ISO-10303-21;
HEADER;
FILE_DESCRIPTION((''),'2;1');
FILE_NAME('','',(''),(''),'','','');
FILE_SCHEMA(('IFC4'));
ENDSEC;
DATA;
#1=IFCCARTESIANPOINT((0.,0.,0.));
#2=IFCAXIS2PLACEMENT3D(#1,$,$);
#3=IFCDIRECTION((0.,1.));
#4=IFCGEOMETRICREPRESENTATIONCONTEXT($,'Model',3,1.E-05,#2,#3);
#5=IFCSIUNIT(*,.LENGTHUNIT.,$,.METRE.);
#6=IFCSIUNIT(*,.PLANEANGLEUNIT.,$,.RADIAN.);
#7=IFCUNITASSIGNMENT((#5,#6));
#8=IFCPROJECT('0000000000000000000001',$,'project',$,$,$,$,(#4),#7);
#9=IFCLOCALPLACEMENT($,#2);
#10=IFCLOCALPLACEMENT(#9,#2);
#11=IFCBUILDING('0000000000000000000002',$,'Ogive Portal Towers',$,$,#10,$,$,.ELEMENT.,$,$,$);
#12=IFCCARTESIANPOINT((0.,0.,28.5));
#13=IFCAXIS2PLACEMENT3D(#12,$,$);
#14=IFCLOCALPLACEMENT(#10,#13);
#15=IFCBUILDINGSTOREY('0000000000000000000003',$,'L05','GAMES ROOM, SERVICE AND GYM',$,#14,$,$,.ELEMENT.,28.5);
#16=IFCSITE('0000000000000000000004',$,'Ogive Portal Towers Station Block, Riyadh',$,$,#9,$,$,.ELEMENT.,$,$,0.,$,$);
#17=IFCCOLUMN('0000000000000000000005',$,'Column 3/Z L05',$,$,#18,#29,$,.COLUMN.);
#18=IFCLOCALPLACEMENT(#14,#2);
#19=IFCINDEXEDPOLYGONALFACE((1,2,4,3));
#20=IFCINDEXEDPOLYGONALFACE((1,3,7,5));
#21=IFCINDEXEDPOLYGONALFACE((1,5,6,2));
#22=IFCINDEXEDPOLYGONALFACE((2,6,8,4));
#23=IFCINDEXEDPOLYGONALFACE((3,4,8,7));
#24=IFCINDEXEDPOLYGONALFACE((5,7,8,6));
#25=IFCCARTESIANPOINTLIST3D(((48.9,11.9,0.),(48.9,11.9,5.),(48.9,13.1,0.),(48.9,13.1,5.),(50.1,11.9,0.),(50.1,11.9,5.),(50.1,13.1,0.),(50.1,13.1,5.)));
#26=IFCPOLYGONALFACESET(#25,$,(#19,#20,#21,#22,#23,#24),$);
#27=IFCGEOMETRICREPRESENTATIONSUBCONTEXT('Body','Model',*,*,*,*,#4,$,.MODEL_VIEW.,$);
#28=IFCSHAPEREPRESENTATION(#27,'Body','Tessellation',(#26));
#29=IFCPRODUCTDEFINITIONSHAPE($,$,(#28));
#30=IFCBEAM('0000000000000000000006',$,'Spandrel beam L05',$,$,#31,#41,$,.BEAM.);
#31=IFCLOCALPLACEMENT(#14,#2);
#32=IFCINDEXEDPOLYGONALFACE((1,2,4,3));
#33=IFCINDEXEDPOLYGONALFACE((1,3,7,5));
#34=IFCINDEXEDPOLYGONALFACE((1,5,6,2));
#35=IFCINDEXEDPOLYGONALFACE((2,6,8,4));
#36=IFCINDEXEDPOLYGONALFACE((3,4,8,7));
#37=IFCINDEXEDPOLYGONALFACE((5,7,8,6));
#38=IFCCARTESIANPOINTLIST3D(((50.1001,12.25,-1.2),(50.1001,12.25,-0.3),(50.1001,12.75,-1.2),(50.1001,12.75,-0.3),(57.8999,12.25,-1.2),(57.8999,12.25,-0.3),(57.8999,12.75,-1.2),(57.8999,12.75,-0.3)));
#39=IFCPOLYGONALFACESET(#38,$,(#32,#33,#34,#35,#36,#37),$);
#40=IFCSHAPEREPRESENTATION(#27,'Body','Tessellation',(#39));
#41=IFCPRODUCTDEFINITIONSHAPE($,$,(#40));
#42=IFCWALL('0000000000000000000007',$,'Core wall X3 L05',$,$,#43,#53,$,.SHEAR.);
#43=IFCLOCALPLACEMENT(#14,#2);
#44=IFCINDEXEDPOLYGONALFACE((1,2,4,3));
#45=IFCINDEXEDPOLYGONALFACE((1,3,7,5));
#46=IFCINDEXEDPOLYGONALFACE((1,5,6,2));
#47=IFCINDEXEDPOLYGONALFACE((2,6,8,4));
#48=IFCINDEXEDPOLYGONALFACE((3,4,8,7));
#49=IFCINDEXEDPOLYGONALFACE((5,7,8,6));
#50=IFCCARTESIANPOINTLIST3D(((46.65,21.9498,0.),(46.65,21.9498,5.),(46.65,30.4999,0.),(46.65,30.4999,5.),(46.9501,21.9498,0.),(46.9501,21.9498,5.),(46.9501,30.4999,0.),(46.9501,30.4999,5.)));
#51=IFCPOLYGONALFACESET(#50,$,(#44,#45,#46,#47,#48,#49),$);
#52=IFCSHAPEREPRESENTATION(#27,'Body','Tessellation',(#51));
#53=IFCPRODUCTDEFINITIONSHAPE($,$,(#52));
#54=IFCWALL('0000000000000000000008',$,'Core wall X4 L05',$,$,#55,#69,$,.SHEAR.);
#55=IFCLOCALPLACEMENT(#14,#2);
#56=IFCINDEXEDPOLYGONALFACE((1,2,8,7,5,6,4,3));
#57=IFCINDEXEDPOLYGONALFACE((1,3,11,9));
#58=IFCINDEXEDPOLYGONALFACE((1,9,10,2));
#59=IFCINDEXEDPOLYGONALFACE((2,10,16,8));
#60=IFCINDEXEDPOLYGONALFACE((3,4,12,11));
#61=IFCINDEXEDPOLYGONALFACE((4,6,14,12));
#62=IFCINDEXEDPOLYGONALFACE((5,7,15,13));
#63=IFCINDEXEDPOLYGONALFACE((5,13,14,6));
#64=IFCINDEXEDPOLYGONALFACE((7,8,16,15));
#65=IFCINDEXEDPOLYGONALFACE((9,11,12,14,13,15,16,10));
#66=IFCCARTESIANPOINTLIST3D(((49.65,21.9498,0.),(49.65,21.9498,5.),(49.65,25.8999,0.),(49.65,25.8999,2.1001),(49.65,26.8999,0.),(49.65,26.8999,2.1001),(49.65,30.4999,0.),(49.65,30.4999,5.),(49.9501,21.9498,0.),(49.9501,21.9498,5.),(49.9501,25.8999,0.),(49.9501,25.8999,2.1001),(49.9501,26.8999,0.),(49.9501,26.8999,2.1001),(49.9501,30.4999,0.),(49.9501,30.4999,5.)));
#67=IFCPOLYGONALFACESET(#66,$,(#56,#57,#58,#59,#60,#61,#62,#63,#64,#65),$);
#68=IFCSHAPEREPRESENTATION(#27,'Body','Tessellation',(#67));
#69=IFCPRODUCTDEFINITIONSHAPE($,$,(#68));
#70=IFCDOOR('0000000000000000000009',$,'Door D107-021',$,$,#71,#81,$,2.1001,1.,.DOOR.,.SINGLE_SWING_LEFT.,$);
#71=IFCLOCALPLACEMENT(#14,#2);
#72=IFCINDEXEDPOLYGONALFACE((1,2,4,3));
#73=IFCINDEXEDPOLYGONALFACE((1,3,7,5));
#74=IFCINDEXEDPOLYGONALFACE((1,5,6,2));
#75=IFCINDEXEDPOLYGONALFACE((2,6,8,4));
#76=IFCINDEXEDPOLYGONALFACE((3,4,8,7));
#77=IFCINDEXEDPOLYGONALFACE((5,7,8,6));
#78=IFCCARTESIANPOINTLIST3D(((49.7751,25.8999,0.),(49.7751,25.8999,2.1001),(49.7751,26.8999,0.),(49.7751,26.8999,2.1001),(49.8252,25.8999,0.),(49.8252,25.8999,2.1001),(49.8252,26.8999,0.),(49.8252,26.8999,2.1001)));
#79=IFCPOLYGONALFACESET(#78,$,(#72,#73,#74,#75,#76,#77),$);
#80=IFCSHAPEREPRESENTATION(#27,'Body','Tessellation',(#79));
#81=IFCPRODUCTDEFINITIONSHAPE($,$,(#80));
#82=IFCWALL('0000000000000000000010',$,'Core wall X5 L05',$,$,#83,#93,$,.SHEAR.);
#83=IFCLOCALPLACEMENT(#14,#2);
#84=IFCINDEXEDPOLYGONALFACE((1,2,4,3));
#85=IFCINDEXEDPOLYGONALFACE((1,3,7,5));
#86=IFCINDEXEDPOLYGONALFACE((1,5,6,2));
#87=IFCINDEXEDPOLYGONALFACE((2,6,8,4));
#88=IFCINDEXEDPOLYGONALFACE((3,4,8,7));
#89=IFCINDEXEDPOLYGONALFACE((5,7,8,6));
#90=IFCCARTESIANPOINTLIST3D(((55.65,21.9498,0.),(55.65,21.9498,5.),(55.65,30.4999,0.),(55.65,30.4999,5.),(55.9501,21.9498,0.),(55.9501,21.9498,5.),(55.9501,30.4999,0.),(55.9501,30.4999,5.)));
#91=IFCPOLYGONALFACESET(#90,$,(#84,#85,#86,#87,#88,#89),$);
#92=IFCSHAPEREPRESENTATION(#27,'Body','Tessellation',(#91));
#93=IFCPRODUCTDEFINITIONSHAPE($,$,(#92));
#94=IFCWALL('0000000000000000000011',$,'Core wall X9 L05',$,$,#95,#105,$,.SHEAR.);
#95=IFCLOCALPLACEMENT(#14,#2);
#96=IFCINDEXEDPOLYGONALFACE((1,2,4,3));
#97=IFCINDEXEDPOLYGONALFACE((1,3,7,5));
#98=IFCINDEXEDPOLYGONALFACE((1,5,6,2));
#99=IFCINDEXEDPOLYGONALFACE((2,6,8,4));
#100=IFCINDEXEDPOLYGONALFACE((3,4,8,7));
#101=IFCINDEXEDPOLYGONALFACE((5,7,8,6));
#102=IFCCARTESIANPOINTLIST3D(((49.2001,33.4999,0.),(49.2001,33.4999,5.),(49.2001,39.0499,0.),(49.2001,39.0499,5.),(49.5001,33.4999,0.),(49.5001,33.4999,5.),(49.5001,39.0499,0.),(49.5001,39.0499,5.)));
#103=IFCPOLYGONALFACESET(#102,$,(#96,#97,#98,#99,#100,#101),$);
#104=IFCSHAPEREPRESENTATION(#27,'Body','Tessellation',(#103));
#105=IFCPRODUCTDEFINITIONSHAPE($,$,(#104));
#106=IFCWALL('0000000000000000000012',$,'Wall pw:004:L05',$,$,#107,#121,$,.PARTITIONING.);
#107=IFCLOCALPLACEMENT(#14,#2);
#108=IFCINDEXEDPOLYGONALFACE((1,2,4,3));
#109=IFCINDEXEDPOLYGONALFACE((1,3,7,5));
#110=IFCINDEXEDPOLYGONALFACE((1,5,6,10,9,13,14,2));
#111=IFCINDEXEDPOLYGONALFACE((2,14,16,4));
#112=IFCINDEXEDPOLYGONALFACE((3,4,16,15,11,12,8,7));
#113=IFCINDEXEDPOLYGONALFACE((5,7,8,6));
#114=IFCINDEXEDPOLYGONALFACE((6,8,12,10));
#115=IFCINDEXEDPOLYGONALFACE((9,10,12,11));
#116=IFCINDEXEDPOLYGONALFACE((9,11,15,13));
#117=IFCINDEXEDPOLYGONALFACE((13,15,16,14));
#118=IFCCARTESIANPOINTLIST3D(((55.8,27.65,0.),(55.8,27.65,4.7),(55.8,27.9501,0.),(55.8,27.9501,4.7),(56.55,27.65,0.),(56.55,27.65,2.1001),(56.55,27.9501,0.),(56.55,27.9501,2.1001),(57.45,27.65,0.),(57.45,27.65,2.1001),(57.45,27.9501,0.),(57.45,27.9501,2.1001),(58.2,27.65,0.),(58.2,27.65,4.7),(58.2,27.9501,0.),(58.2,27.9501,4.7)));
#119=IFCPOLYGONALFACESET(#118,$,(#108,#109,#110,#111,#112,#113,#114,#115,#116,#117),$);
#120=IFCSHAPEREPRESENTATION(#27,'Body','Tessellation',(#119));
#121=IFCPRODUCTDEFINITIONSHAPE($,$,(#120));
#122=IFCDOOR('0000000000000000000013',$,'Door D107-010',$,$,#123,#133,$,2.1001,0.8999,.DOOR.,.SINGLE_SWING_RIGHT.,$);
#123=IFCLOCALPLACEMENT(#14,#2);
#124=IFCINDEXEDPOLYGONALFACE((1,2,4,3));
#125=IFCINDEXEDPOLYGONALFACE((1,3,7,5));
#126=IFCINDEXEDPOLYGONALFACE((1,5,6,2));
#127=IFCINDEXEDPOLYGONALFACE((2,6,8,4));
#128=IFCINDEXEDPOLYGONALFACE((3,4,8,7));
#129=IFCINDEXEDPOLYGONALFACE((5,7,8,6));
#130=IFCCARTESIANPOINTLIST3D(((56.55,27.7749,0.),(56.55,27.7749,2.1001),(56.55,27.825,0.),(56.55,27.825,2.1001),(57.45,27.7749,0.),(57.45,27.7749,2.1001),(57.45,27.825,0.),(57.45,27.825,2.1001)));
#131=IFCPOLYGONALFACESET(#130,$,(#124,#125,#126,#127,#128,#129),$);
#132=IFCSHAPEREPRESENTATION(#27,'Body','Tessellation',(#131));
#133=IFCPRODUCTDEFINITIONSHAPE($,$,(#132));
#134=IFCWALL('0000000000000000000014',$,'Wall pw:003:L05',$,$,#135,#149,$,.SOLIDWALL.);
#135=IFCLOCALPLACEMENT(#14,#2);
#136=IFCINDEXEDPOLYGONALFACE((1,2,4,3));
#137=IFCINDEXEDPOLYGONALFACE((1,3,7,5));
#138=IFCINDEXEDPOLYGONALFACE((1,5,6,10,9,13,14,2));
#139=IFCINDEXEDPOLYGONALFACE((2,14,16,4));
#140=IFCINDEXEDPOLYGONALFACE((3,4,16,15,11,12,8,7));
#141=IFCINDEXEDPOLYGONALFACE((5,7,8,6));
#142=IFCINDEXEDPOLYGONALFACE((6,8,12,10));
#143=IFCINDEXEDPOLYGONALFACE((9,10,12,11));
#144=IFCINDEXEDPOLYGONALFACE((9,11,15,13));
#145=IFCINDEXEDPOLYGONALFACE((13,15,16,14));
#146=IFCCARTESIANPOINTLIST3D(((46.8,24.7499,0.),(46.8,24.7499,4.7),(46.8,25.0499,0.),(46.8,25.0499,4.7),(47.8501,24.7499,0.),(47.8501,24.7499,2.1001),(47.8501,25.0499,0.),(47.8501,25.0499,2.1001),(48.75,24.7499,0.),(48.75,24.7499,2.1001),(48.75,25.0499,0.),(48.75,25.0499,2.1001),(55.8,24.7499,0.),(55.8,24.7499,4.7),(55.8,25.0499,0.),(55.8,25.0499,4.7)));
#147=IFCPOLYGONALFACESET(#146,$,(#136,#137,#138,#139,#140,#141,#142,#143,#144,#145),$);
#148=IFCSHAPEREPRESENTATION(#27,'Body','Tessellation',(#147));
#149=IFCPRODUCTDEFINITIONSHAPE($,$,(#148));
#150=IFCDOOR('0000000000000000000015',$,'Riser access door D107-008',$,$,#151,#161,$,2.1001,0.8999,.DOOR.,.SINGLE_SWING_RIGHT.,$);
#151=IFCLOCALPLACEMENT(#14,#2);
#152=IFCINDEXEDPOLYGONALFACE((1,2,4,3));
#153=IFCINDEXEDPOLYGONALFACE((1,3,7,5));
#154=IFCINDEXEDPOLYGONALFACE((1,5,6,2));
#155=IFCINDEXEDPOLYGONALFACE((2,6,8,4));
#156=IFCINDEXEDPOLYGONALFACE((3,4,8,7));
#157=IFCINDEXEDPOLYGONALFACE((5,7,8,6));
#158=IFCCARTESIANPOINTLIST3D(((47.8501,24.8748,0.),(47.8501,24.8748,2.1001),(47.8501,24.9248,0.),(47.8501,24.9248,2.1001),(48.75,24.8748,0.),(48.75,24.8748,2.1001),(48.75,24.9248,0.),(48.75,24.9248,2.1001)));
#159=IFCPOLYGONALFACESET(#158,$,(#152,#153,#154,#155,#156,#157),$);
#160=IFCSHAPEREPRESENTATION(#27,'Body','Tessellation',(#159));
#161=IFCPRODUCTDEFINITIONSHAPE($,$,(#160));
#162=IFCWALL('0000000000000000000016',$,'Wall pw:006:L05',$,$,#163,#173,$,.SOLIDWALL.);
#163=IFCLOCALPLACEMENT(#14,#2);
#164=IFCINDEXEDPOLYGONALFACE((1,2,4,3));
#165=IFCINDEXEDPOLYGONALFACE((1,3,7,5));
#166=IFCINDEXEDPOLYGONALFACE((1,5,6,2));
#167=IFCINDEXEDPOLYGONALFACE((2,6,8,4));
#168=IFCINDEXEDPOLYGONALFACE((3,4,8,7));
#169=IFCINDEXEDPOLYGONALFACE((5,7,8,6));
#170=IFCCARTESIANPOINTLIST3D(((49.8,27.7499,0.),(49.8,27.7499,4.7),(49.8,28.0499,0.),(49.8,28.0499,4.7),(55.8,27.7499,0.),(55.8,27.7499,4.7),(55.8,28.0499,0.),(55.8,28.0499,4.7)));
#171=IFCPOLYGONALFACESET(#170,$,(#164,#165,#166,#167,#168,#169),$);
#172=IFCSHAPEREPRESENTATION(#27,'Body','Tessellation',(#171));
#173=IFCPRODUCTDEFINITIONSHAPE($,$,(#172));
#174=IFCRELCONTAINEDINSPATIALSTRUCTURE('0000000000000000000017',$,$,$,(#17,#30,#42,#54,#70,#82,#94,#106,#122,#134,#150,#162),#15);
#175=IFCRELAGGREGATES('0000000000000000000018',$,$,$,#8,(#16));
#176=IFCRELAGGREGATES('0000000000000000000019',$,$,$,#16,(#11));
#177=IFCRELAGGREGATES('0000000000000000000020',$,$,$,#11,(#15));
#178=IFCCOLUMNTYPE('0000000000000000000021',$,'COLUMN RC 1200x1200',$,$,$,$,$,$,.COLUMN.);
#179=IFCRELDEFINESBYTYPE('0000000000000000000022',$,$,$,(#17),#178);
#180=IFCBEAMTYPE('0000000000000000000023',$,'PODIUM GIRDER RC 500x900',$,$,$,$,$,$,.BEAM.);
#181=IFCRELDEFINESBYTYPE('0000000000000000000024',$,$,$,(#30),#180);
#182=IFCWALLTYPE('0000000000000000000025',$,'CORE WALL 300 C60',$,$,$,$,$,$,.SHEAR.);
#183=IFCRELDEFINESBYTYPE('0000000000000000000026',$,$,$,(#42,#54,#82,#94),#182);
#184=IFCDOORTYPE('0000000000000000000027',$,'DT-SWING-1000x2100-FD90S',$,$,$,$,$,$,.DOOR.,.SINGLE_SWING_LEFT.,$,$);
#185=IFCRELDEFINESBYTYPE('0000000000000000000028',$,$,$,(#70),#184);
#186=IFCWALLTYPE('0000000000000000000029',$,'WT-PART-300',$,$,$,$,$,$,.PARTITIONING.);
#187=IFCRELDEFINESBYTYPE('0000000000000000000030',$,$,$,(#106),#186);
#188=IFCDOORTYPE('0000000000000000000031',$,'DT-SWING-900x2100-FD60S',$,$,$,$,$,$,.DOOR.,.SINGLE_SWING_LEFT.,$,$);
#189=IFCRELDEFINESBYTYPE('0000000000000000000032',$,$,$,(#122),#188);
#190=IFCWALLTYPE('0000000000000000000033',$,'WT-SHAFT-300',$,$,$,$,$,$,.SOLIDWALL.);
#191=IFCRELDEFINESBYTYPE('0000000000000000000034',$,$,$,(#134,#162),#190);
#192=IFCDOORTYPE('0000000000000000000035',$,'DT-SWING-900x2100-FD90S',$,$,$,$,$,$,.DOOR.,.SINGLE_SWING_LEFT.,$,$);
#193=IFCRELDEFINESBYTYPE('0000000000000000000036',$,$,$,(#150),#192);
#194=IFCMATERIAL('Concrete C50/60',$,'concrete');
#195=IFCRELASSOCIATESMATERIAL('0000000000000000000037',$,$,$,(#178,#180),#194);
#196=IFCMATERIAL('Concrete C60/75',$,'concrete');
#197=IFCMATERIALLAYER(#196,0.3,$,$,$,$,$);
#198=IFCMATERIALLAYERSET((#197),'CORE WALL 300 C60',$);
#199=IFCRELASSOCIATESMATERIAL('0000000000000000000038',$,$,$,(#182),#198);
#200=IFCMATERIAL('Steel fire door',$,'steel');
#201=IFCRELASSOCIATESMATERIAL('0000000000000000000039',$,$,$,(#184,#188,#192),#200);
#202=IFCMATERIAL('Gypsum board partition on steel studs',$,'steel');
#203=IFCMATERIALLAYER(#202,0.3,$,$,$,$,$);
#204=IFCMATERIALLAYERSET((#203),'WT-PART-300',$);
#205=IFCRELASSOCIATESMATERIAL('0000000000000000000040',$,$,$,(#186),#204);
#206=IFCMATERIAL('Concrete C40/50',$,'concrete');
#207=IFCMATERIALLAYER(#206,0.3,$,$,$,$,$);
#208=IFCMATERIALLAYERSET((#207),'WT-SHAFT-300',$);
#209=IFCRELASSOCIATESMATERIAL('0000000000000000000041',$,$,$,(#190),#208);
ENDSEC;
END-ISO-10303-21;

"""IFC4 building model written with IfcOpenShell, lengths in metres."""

from ifc_helpers import new_model, si_unit, direction, frame, frame_2d, origin, origin_2d, place, context, subcontext, project, spatial, rectangle, extrude, material, layer, layer_set, material_profile, profile_set, type_object, element, fill, save


model = new_model("IFC4")

# Units and contexts
model_context = context("Model", 3, precision=1e-05, world=origin(), true_north=direction((0.0, 1.0)))
body_context = subcontext(model_context, "Body", "Model", "MODEL_VIEW")
ifc_project = project(units=[si_unit("LENGTHUNIT", "METRE"), si_unit("PLANEANGLEUNIT", "RADIAN")], contexts=[model_context])

# Site, building, storey
site_placement = place(None, origin())
site = spatial("IfcSite", under=ifc_project, at=site_placement, Name="Ogive Portal Towers Station Block, Riyadh", CompositionType="ELEMENT", RefElevation=0.0)
building_placement = place(site_placement, origin())
building = spatial("IfcBuilding", under=site, at=building_placement, Name="Ogive Portal Towers", CompositionType="ELEMENT")
storey_placement = place(building_placement, frame((0.0, 0.0, 28.5)))
storey = spatial("IfcBuildingStorey", under=building, at=storey_placement, Name="L05", Description="GAMES ROOM, SERVICE AND GYM", CompositionType="ELEMENT", Elevation=28.5)

# Column
ifc_material_1 = material(Name="Concrete C50/60", Category="concrete")
ifc_material_profile_1 = material_profile(ifc_material_1, rectangle(XDim=1.2, YDim=1.2, at=origin_2d()), Name="RC 1200x1200")
ifc_profile_set_1 = profile_set([ifc_material_profile_1], Name="Concrete C50/60")
column_type = type_object("IfcColumnType", Name="COLUMN RC 1200x1200", PredefinedType="COLUMN", material=ifc_profile_set_1)
column_placement = place(storey_placement, frame((49.5, 12.5, 0.0), z_axis=(0.0, 0.0, 1.0), x_axis=(1.0, 0.0, 0.0)))
element("IfcColumn", 1, at=column_placement, inside=storey, type_object=column_type, Name="Column 3/Z L05", PredefinedType="COLUMN", context=body_context, shape_type="SweptSolid", body=[
    extrude(rectangle(XDim=1.2, YDim=1.2, at=origin_2d()), origin(), (0.0, 0.0, 1.0), 5.0),
])

# Beam
ifc_material_profile_2 = material_profile(ifc_material_1, rectangle(XDim=0.5, YDim=0.8999, at=origin_2d()), Name="RC 500x900")
ifc_profile_set_2 = profile_set([ifc_material_profile_2], Name="Concrete C50/60")
beam_type = type_object("IfcBeamType", Name="PODIUM GIRDER RC 500x900", PredefinedType="BEAM", material=ifc_profile_set_2)
beam_placement = place(storey_placement, frame((50.1001, 12.5, -0.75), z_axis=(1.0, 0.0, 0.0), x_axis=(0.0, 1.0, 0.0)))
element("IfcBeam", 2, at=beam_placement, inside=storey, type_object=beam_type, Name="Spandrel beam L05", PredefinedType="BEAM", context=body_context, shape_type="SweptSolid", body=[
    extrude(rectangle(XDim=0.5, YDim=0.8999, at=origin_2d()), origin(), (0.0, 0.0, 1.0), 7.7998),
])

# Wall
ifc_material_2 = material(Name="Concrete C60/75", Category="concrete")
ifc_layer_1 = layer(ifc_material_2, 0.3)
ifc_layer_set_1 = layer_set([ifc_layer_1], Name="CORE WALL 300 C60")
wall_type_1 = type_object("IfcWallType", Name="CORE WALL 300 C60", PredefinedType="SHEAR", material=ifc_layer_set_1)
wall_1_placement = place(storey_placement, frame((46.8, 21.95, 0.0), z_axis=(0.0, 0.0, 1.0), x_axis=(0.0, 1.0, 0.0)))
element("IfcWall", 3, at=wall_1_placement, inside=storey, type_object=wall_type_1, Name="Core wall X3 L05", PredefinedType="SHEAR", context=body_context, shape_type="SweptSolid", body=[
    extrude(rectangle(XDim=8.55, YDim=0.3, at=frame_2d((4.2749, 0.0))), origin(), (0.0, 0.0, 1.0), 5.0),
])

# Wall, opening, door
wall_2_placement = place(storey_placement, frame((49.8, 21.95, 0.0), z_axis=(0.0, 0.0, 1.0), x_axis=(0.0, 1.0, 0.0)))
wall_2 = element("IfcWall", 4, at=wall_2_placement, inside=storey, type_object=wall_type_1, Name="Core wall X4 L05", PredefinedType="SHEAR", context=body_context, shape_type="SweptSolid", body=[
    extrude(rectangle(XDim=8.55, YDim=0.3, at=frame_2d((4.2749, 0.0))), origin(), (0.0, 0.0, 1.0), 5.0),
])
opening_1_placement = place(wall_2_placement, frame((3.95, 0.0, 0.0)))
opening_1 = element("IfcOpeningElement", 5, at=opening_1_placement, cuts=wall_2, PredefinedType="OPENING", context=body_context, shape_type="SweptSolid", body=[
    extrude(rectangle(XDim=1.0, YDim=2.1001, at=frame_2d((0.5, 1.05))), frame((0.0, 0.1602, 0.0), z_axis=(0.0, -1.0, 0.0), x_axis=(1.0, 0.0, 0.0)), (0.0, 0.0, 1.0), 0.3201),
])
ifc_material_3 = material(Name="Steel fire door", Category="steel")
door_type_1 = type_object("IfcDoorType", Name="DT-SWING-1000x2100-FD90S", OperationType="SINGLE_SWING_LEFT", PredefinedType="DOOR", material=ifc_material_3)
door_1_placement = place(opening_1_placement, origin())
door_1 = element("IfcDoor", 6, at=door_1_placement, inside=storey, type_object=door_type_1, Name="Door D107-021", OperationType="SINGLE_SWING_LEFT", OverallHeight=2.1001, OverallWidth=1.0, PredefinedType="DOOR", context=body_context, shape_type="SweptSolid", body=[
    extrude(rectangle(XDim=1.0, YDim=2.1001, at=frame_2d((0.5, 1.05))), frame((0.0, 0.0249, 0.0), z_axis=(0.0, -1.0, 0.0), x_axis=(1.0, 0.0, 0.0)), (0.0, 0.0, 1.0), 0.05),
])
fill(opening_1, door_1)

# Walls
wall_3_placement = place(storey_placement, frame((55.8, 21.95, 0.0), z_axis=(0.0, 0.0, 1.0), x_axis=(0.0, 1.0, 0.0)))
element("IfcWall", 7, at=wall_3_placement, inside=storey, type_object=wall_type_1, Name="Core wall X5 L05", PredefinedType="SHEAR", context=body_context, shape_type="SweptSolid", body=[
    extrude(rectangle(XDim=8.55, YDim=0.3, at=frame_2d((4.2749, 0.0))), origin(), (0.0, 0.0, 1.0), 5.0),
])
wall_4_placement = place(storey_placement, frame((49.3501, 33.5, 0.0), z_axis=(0.0, 0.0, 1.0), x_axis=(0.0, 1.0, 0.0)))
element("IfcWall", 8, at=wall_4_placement, inside=storey, type_object=wall_type_1, Name="Core wall X9 L05", PredefinedType="SHEAR", context=body_context, shape_type="SweptSolid", body=[
    extrude(rectangle(XDim=5.55, YDim=0.3, at=frame_2d((2.7749, 0.0))), origin(), (0.0, 0.0, 1.0), 5.0),
])

# Walls, openings, doors
ifc_material_4 = material(Name="Gypsum board partition on steel studs", Category="steel")
ifc_layer_2 = layer(ifc_material_4, 0.3)
ifc_layer_set_2 = layer_set([ifc_layer_2], Name="WT-PART-300")
wall_type_2 = type_object("IfcWallType", Name="WT-PART-300", PredefinedType="PARTITIONING", material=ifc_layer_set_2)
wall_5_placement = place(storey_placement, frame((55.8, 27.8, 0.0), z_axis=(0.0, 0.0, 1.0), x_axis=(1.0, 0.0, 0.0)))
wall_5 = element("IfcWall", 9, at=wall_5_placement, inside=storey, type_object=wall_type_2, Name="Wall pw:004:L05", PredefinedType="PARTITIONING", context=body_context, shape_type="SweptSolid", body=[
    extrude(rectangle(XDim=2.3999, YDim=0.3, at=frame_2d((1.2, 0.0))), origin(), (0.0, 0.0, 1.0), 4.7),
])
opening_2_placement = place(wall_5_placement, frame((0.75, 0.0, 0.0)))
opening_2 = element("IfcOpeningElement", 10, at=opening_2_placement, cuts=wall_5, PredefinedType="OPENING", context=body_context, shape_type="SweptSolid", body=[
    extrude(rectangle(XDim=0.8999, YDim=2.1001, at=frame_2d((0.45, 1.05))), frame((0.0, 0.1602, 0.0), z_axis=(0.0, -1.0, 0.0), x_axis=(1.0, 0.0, 0.0)), (0.0, 0.0, 1.0), 0.3201),
])
door_type_2 = type_object("IfcDoorType", Name="DT-SWING-900x2100-FD60S", OperationType="SINGLE_SWING_LEFT", PredefinedType="DOOR", material=ifc_material_3)
door_2_placement = place(opening_2_placement, origin())
door_2 = element("IfcDoor", 11, at=door_2_placement, inside=storey, type_object=door_type_2, Name="Door D107-010", OperationType="SINGLE_SWING_RIGHT", OverallHeight=2.1001, OverallWidth=0.8999, PredefinedType="DOOR", context=body_context, shape_type="SweptSolid", body=[
    extrude(rectangle(XDim=0.8999, YDim=2.1001, at=frame_2d((0.45, 1.05))), frame((0.0, 0.0249, 0.0), z_axis=(0.0, -1.0, 0.0), x_axis=(1.0, 0.0, 0.0)), (0.0, 0.0, 1.0), 0.05),
])
fill(opening_2, door_2)
ifc_material_5 = material(Name="Concrete C40/50", Category="concrete")
ifc_layer_3 = layer(ifc_material_5, 0.3)
ifc_layer_set_3 = layer_set([ifc_layer_3], Name="WT-SHAFT-300")
wall_type_3 = type_object("IfcWallType", Name="WT-SHAFT-300", PredefinedType="SOLIDWALL", material=ifc_layer_set_3)
wall_6_placement = place(storey_placement, frame((46.8, 24.8999, 0.0), z_axis=(0.0, 0.0, 1.0), x_axis=(1.0, 0.0, 0.0)))
wall_6 = element("IfcWall", 12, at=wall_6_placement, inside=storey, type_object=wall_type_3, Name="Wall pw:003:L05", PredefinedType="SOLIDWALL", context=body_context, shape_type="SweptSolid", body=[
    extrude(rectangle(XDim=9.0, YDim=0.3, at=frame_2d((4.5, 0.0))), origin(), (0.0, 0.0, 1.0), 4.7),
])
opening_3_placement = place(wall_6_placement, frame((1.05, 0.0, 0.0)))
opening_3 = element("IfcOpeningElement", 13, at=opening_3_placement, cuts=wall_6, PredefinedType="OPENING", context=body_context, shape_type="SweptSolid", body=[
    extrude(rectangle(XDim=0.8999, YDim=2.1001, at=frame_2d((0.45, 1.05))), frame((0.0, 0.1602, 0.0), z_axis=(0.0, -1.0, 0.0), x_axis=(1.0, 0.0, 0.0)), (0.0, 0.0, 1.0), 0.3201),
])
door_type_3 = type_object("IfcDoorType", Name="DT-SWING-900x2100-FD90S", OperationType="SINGLE_SWING_LEFT", PredefinedType="DOOR", material=ifc_material_3)
door_3_placement = place(opening_3_placement, origin())
door_3 = element("IfcDoor", 14, at=door_3_placement, inside=storey, type_object=door_type_3, Name="Riser access door D107-008", OperationType="SINGLE_SWING_RIGHT", OverallHeight=2.1001, OverallWidth=0.8999, PredefinedType="DOOR", context=body_context, shape_type="SweptSolid", body=[
    extrude(rectangle(XDim=0.8999, YDim=2.1001, at=frame_2d((0.45, 1.05))), frame((0.0, 0.0249, 0.0), z_axis=(0.0, -1.0, 0.0), x_axis=(1.0, 0.0, 0.0)), (0.0, 0.0, 1.0), 0.05),
])
fill(opening_3, door_3)

# Wall
wall_7_placement = place(storey_placement, frame((49.8, 27.8999, 0.0), z_axis=(0.0, 0.0, 1.0), x_axis=(1.0, 0.0, 0.0)))
element("IfcWall", 15, at=wall_7_placement, inside=storey, type_object=wall_type_3, Name="Wall pw:006:L05", PredefinedType="SOLIDWALL", context=body_context, shape_type="SweptSolid", body=[
    extrude(rectangle(XDim=6.0, YDim=0.3, at=frame_2d((3.0, 0.0))), origin(), (0.0, 0.0, 1.0), 4.7),
])

save(model, "model.ifc")
